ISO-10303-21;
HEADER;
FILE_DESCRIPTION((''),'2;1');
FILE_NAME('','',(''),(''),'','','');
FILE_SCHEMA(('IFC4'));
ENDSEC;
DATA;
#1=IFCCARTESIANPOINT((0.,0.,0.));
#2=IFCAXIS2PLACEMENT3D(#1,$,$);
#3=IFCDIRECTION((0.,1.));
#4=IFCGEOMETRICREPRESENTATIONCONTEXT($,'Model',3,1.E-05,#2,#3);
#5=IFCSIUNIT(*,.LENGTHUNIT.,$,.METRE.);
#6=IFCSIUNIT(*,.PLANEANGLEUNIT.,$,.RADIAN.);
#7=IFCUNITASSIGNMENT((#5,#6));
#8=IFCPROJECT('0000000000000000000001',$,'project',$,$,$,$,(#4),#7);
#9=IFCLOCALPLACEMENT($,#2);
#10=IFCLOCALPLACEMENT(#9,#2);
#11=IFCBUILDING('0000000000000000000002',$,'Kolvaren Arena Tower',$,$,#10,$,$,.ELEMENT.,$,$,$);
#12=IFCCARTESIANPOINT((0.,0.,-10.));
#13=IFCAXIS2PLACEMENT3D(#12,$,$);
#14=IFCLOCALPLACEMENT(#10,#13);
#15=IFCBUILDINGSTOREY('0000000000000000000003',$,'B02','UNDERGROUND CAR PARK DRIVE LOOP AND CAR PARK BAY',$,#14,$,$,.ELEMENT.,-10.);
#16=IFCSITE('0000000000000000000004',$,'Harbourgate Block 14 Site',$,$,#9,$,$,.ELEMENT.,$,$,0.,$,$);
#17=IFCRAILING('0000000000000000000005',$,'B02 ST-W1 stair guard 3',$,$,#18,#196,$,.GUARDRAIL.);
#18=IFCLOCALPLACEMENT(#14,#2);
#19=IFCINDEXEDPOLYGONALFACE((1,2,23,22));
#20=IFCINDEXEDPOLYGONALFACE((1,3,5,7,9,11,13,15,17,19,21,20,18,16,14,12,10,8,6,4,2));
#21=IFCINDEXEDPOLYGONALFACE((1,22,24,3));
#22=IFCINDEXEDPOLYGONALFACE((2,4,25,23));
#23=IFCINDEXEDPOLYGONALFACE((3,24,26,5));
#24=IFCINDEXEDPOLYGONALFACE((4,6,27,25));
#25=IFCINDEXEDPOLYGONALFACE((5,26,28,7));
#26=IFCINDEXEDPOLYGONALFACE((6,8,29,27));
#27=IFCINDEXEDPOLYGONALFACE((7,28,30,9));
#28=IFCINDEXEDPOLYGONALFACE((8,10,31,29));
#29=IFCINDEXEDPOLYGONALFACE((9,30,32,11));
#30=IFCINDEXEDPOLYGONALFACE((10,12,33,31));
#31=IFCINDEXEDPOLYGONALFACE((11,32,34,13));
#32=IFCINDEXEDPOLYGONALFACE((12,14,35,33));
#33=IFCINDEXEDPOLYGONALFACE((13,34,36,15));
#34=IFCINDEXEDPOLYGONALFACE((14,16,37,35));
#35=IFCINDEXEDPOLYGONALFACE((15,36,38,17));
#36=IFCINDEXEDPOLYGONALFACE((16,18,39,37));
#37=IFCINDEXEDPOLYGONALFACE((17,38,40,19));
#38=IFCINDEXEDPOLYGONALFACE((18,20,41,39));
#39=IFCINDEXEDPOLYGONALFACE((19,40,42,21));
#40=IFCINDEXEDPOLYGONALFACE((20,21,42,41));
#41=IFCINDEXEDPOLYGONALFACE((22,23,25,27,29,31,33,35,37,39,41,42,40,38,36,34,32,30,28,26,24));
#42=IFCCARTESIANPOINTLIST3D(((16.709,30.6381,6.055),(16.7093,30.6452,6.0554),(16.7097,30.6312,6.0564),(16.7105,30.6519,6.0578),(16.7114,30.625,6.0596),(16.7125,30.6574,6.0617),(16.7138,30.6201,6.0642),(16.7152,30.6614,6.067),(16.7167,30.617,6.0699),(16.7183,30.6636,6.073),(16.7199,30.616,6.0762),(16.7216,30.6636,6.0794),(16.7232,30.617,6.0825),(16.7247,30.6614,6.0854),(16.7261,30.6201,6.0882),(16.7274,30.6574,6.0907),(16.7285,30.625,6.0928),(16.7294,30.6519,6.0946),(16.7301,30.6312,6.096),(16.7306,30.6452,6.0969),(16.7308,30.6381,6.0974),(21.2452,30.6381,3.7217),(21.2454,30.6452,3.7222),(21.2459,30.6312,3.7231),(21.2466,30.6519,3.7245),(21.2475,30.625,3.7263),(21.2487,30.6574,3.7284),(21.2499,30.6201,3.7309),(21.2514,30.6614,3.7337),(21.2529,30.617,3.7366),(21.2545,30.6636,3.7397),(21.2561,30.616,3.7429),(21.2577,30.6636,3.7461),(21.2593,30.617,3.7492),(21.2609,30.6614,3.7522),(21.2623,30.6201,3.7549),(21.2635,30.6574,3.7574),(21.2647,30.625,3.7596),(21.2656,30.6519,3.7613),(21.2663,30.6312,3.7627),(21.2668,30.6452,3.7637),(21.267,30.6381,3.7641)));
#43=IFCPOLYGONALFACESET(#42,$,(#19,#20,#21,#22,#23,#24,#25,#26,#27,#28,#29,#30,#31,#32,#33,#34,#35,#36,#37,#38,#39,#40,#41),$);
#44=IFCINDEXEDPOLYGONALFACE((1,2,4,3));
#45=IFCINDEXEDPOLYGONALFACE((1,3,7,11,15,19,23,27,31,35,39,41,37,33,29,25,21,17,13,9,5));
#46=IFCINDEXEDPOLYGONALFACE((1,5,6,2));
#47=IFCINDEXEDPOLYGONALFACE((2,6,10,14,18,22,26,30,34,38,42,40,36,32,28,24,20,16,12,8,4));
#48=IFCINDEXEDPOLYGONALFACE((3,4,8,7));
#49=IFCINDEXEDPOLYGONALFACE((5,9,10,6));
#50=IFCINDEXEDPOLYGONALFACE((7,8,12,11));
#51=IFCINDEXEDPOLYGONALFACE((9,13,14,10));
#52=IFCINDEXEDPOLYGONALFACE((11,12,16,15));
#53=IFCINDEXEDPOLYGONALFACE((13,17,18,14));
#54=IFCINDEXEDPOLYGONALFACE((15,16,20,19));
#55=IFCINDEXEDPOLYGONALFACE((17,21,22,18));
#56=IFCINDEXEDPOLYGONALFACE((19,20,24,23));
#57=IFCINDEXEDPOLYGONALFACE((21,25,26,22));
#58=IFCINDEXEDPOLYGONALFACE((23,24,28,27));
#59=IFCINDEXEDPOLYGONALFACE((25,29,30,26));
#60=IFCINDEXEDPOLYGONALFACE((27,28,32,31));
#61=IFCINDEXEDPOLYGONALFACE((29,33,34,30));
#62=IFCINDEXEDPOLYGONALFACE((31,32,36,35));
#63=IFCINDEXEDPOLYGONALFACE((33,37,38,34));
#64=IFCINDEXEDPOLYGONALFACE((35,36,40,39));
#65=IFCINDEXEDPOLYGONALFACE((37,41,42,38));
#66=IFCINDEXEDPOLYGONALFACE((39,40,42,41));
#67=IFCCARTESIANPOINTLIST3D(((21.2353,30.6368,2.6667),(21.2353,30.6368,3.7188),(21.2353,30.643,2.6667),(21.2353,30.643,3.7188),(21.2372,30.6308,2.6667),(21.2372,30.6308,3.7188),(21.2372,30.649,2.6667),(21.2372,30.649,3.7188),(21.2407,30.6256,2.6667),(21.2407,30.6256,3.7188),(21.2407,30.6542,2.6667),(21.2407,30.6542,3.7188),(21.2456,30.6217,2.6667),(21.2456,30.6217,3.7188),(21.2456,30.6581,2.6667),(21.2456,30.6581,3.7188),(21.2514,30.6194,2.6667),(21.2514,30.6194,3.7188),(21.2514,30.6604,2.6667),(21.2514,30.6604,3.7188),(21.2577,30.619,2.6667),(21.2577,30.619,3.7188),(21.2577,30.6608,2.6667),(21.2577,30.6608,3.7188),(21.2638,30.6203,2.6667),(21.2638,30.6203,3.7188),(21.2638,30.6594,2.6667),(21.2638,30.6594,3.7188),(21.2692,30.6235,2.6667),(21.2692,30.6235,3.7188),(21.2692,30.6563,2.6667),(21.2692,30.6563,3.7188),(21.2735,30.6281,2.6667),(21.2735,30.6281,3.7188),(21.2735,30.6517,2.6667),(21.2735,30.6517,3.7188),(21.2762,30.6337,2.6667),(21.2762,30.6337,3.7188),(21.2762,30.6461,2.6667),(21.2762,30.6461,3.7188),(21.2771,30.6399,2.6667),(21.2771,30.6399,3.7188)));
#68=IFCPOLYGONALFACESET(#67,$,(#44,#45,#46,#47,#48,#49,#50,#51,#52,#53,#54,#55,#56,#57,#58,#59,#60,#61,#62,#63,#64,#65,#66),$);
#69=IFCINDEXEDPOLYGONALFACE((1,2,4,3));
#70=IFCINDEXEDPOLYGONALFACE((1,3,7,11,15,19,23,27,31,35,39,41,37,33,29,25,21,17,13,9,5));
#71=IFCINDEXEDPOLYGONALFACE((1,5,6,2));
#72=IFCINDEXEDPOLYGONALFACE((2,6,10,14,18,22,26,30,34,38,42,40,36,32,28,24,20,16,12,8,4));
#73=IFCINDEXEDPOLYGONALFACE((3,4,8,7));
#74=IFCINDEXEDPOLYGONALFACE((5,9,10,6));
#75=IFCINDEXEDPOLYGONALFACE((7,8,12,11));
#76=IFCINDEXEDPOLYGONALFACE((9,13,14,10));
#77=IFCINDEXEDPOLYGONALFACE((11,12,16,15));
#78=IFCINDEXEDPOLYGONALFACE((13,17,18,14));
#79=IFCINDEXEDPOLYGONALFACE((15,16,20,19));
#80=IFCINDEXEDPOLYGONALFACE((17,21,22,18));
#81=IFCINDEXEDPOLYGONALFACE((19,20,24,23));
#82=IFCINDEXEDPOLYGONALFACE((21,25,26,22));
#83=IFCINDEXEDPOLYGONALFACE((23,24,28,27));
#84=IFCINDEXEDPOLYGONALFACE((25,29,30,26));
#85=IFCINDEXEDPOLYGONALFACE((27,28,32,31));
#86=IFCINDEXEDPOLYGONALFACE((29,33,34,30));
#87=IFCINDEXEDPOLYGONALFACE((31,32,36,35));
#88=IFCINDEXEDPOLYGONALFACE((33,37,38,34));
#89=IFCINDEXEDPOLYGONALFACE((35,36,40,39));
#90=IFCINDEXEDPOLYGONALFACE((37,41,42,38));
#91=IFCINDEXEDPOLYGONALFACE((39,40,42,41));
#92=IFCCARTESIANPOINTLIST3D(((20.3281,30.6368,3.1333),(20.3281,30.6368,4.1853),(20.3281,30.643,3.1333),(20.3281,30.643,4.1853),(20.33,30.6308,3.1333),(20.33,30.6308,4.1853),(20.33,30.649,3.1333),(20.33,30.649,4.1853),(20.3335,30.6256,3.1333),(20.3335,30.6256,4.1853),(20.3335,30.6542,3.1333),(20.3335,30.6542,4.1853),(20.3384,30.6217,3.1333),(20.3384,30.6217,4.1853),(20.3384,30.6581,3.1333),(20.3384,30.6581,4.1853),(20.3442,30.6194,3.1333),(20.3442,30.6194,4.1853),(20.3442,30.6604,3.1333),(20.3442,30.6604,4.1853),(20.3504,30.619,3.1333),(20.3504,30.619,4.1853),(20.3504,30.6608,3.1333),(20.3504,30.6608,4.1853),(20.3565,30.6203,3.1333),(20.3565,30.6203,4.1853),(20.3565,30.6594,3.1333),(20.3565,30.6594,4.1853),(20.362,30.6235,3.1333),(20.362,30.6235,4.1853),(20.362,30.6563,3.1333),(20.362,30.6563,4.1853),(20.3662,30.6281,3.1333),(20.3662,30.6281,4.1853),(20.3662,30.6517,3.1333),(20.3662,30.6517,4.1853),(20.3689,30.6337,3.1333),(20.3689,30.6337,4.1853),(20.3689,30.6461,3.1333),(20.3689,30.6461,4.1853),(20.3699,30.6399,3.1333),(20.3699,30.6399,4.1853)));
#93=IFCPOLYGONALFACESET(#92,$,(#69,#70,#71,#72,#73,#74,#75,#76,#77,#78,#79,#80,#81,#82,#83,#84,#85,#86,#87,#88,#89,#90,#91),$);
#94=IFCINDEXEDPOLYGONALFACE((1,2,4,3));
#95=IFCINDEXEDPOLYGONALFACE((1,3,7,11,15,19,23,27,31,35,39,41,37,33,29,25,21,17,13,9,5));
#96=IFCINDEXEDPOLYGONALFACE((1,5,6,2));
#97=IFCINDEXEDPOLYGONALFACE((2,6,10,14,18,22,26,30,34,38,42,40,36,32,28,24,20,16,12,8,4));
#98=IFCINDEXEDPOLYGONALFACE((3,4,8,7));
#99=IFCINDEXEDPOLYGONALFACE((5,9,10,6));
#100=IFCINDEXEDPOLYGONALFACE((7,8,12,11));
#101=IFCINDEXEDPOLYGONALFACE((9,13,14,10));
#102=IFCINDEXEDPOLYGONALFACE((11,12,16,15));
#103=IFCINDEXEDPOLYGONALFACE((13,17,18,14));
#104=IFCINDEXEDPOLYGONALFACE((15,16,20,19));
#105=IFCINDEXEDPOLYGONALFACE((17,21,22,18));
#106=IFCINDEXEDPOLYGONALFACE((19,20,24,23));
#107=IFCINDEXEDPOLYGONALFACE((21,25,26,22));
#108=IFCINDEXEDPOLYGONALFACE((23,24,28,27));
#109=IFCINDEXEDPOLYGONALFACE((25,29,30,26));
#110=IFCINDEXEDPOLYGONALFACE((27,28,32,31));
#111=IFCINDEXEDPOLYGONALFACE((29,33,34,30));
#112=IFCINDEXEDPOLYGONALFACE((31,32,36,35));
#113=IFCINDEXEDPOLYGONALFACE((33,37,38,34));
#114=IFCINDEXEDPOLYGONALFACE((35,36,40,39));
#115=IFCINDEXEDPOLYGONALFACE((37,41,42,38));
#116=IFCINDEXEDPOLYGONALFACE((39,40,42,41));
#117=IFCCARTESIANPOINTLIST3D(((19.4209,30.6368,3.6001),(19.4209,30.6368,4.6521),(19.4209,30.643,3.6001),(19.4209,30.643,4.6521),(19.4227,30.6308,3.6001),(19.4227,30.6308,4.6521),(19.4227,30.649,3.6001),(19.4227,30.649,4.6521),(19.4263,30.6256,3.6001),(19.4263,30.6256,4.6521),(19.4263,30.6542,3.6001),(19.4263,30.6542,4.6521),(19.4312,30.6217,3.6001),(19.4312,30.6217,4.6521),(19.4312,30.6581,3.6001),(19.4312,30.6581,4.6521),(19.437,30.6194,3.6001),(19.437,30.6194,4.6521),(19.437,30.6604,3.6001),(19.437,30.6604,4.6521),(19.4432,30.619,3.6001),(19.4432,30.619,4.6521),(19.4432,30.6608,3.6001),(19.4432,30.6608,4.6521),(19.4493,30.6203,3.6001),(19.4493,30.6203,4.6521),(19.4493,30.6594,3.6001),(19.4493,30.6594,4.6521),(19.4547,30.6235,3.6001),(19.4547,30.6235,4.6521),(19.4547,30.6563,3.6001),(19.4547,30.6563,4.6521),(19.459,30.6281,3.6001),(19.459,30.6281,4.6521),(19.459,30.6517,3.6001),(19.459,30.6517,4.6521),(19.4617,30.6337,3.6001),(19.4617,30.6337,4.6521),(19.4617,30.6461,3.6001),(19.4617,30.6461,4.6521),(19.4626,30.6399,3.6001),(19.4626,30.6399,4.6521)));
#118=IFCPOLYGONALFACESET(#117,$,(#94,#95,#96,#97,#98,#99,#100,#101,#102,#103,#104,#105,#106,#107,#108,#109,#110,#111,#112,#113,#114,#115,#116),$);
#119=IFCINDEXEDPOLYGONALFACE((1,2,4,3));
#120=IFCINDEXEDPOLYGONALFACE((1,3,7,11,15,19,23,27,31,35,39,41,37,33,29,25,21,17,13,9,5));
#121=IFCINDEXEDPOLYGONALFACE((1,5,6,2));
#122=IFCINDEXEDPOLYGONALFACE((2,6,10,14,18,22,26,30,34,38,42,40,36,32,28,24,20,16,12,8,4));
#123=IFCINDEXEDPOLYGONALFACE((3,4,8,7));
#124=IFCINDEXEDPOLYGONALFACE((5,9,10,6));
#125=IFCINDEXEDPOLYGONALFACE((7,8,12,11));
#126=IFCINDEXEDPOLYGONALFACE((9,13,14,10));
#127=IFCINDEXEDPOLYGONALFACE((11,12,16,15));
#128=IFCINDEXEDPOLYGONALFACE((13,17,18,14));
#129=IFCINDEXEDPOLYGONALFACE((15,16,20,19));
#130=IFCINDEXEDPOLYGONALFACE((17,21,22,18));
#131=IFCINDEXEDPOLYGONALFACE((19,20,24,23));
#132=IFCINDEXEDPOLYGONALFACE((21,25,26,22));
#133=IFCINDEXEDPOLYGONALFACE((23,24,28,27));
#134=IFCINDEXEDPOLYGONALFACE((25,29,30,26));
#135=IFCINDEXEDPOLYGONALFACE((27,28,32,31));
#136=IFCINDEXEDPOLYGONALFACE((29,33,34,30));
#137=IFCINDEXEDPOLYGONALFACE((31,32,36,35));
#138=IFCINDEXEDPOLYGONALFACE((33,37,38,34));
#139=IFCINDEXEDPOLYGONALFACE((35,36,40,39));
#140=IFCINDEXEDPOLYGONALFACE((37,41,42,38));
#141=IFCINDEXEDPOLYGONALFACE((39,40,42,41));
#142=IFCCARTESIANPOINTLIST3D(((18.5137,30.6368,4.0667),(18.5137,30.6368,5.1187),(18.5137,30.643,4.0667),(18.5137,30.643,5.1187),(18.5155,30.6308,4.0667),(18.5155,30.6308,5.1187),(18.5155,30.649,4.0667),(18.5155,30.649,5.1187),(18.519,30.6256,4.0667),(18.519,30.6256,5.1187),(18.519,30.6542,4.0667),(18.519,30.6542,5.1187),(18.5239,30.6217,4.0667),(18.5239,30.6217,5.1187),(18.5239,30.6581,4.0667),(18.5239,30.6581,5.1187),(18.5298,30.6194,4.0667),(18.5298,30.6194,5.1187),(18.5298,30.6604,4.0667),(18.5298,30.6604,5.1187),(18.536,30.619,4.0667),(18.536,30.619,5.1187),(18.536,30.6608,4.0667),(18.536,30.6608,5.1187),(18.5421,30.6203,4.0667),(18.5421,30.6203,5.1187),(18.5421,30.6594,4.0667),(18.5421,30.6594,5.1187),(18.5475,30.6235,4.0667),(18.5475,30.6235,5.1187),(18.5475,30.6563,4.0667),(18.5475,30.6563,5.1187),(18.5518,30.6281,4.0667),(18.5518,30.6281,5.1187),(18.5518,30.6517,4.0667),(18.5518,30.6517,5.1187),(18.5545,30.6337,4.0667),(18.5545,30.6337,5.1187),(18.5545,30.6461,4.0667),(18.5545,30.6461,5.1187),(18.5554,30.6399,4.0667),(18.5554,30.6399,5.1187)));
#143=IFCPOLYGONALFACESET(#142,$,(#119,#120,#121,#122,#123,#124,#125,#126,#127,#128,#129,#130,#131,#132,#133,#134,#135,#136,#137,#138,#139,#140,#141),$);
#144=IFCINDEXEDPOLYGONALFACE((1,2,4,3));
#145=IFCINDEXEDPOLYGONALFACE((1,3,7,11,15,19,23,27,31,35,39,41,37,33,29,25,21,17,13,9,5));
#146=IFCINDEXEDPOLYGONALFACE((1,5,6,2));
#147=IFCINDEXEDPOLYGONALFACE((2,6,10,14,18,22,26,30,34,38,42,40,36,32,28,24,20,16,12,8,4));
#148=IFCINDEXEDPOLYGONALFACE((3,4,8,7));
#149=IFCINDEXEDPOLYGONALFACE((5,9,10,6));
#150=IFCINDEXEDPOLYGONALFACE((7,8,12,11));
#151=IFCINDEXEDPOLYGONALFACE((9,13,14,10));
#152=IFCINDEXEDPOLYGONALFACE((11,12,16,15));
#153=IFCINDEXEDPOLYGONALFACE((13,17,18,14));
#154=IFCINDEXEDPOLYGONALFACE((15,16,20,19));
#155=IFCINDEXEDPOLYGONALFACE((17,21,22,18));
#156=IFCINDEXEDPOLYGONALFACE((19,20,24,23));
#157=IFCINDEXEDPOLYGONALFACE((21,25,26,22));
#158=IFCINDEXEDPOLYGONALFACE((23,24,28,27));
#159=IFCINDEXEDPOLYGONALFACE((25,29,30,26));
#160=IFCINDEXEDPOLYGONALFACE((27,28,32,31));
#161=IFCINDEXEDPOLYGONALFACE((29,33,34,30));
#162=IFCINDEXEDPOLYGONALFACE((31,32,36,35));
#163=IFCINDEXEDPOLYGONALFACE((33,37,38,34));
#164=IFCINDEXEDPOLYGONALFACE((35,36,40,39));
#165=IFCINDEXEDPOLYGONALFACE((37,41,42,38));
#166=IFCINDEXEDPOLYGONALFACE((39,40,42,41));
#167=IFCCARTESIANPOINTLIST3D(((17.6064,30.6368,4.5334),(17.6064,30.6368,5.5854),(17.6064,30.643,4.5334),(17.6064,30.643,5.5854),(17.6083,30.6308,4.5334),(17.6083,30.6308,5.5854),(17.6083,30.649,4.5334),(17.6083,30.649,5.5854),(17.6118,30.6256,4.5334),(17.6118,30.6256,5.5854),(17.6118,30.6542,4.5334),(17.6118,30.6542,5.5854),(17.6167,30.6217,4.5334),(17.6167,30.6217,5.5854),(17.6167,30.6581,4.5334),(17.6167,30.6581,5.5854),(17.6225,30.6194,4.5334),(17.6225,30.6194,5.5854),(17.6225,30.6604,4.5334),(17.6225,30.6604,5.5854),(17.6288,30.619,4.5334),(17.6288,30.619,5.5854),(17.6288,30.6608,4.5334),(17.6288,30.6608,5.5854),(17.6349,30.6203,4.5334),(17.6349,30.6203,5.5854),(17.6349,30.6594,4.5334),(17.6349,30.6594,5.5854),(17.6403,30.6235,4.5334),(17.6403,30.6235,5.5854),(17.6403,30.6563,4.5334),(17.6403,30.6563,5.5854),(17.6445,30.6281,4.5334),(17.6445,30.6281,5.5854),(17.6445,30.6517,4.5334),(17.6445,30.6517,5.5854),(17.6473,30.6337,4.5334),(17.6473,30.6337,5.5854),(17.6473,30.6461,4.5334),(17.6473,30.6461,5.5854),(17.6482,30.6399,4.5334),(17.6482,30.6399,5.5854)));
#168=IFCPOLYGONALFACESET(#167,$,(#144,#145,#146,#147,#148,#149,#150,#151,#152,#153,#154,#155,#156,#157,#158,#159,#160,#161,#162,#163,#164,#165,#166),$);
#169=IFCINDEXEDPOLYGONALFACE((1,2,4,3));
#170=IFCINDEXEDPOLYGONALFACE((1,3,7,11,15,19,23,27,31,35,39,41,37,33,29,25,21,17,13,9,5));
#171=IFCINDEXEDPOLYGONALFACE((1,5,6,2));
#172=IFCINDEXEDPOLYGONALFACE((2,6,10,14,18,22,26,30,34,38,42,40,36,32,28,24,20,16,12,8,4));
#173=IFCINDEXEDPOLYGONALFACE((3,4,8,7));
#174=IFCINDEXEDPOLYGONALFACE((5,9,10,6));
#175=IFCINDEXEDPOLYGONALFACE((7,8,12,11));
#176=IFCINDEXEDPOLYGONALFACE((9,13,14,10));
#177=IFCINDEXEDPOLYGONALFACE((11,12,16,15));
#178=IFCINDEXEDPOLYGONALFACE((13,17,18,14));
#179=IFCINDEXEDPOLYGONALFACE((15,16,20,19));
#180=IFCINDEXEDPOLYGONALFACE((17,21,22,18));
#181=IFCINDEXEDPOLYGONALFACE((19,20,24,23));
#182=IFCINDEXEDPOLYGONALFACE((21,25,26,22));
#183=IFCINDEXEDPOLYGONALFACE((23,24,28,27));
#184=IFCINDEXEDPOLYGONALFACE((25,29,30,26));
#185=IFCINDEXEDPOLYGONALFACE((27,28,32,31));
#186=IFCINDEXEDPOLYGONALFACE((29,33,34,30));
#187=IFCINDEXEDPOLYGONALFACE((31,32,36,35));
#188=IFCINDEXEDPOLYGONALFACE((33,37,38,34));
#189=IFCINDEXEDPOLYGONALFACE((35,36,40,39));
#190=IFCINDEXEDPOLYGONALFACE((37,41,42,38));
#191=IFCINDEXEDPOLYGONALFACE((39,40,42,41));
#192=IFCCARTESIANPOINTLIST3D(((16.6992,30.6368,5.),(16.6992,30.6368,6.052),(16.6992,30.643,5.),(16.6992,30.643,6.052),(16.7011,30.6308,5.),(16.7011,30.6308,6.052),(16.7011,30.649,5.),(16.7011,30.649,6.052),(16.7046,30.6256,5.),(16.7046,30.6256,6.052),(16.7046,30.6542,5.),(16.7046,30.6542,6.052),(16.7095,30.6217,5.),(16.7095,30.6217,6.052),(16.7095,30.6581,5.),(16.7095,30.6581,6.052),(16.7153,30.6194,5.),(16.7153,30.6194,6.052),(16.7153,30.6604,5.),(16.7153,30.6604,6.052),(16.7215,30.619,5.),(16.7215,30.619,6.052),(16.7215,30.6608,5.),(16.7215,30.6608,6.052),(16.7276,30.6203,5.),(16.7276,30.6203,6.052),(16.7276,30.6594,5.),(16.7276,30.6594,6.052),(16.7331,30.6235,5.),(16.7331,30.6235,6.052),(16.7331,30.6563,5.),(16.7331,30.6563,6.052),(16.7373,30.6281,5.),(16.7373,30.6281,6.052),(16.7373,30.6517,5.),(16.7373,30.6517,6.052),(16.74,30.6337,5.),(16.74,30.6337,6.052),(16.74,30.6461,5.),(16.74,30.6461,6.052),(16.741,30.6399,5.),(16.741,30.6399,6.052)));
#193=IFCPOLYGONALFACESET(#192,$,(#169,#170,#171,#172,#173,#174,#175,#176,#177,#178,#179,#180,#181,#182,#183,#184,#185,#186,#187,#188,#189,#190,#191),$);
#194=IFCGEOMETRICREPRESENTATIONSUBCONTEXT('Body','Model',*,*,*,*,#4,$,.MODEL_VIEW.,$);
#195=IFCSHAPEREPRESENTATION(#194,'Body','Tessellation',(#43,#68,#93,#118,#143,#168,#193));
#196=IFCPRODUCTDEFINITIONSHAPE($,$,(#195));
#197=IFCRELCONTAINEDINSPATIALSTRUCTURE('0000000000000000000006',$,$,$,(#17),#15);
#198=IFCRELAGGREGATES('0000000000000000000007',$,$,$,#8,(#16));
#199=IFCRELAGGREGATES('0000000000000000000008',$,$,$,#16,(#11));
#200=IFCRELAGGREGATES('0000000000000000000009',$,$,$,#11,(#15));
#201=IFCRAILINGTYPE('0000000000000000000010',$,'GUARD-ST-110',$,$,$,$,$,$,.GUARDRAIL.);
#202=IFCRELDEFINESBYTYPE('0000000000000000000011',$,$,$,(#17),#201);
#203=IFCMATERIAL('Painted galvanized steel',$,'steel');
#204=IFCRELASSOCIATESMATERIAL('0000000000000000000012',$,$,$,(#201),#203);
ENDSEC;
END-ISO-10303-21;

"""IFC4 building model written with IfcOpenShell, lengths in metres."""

from ifc_helpers import new_model, si_unit, direction, frame, origin, origin_2d, place, context, subcontext, project, spatial, circle, extrude, material, type_object, element, save


model = new_model("IFC4")

# Units and contexts
model_context = context("Model", 3, precision=1e-05, world=origin(), true_north=direction((0.0, 1.0)))
body_context = subcontext(model_context, "Body", "Model", "MODEL_VIEW")
ifc_project = project(units=[si_unit("LENGTHUNIT", "METRE"), si_unit("PLANEANGLEUNIT", "RADIAN")], contexts=[model_context])

# Site, building, storey
site_placement = place(None, origin())
site = spatial("IfcSite", under=ifc_project, at=site_placement, Name="Harbourgate Block 14 Site", CompositionType="ELEMENT", RefElevation=0.0)
building_placement = place(site_placement, origin())
building = spatial("IfcBuilding", under=site, at=building_placement, Name="Kolvaren Arena Tower", CompositionType="ELEMENT")
storey_placement = place(building_placement, frame((0.0, 0.0, -10.0)))
storey = spatial("IfcBuildingStorey", under=building, at=storey_placement, Name="B02", Description="UNDERGROUND CAR PARK DRIVE LOOP AND CAR PARK BAY", CompositionType="ELEMENT", Elevation=-10.0)

# Railing
ifc_material_1 = material(Name="Painted galvanized steel", Category="steel")
railing_type_1 = type_object("IfcRailingType", Name="GUARD-ST-110", PredefinedType="GUARDRAIL", material=ifc_material_1)
railing_1_placement = place(storey_placement, frame((21.2561, 30.6399, 2.6667)))
element("IfcRailing", 1, at=railing_1_placement, inside=storey, type_object=railing_type_1, Name="B02 ST-W1 stair guard 3", PredefinedType="GUARDRAIL", context=body_context, shape_type="SweptSolid", body=[
    extrude(circle(Radius=0.0239, at=origin_2d()), frame((0.0, 0.0, 1.0762), z_axis=(-0.889257, 0.0, 0.457407), x_axis=(0.0, -1.0, 0.0)), (0.0, 0.0, 1.0), 5.1011),
    extrude(circle(Radius=0.021, at=origin_2d()), origin(), (0.0, 0.0, 1.0), 1.052),
    extrude(circle(Radius=0.021, at=origin_2d()), frame((-0.9072, 0.0, 0.4666)), (0.0, 0.0, 1.0), 1.052),
    extrude(circle(Radius=0.021, at=origin_2d()), frame((-1.8145, 0.0, 0.9333)), (0.0, 0.0, 1.0), 1.052),
    extrude(circle(Radius=0.021, at=origin_2d()), frame((-2.7217, 0.0, 1.3999)), (0.0, 0.0, 1.0), 1.052),
    extrude(circle(Radius=0.021, at=origin_2d()), frame((-3.6289, 0.0, 1.8667)), (0.0, 0.0, 1.0), 1.052),
    extrude(circle(Radius=0.021, at=origin_2d()), frame((-4.5361, 0.0, 2.3333)), (0.0, 0.0, 1.0), 1.052),
])

save(model, "model.ifc")
